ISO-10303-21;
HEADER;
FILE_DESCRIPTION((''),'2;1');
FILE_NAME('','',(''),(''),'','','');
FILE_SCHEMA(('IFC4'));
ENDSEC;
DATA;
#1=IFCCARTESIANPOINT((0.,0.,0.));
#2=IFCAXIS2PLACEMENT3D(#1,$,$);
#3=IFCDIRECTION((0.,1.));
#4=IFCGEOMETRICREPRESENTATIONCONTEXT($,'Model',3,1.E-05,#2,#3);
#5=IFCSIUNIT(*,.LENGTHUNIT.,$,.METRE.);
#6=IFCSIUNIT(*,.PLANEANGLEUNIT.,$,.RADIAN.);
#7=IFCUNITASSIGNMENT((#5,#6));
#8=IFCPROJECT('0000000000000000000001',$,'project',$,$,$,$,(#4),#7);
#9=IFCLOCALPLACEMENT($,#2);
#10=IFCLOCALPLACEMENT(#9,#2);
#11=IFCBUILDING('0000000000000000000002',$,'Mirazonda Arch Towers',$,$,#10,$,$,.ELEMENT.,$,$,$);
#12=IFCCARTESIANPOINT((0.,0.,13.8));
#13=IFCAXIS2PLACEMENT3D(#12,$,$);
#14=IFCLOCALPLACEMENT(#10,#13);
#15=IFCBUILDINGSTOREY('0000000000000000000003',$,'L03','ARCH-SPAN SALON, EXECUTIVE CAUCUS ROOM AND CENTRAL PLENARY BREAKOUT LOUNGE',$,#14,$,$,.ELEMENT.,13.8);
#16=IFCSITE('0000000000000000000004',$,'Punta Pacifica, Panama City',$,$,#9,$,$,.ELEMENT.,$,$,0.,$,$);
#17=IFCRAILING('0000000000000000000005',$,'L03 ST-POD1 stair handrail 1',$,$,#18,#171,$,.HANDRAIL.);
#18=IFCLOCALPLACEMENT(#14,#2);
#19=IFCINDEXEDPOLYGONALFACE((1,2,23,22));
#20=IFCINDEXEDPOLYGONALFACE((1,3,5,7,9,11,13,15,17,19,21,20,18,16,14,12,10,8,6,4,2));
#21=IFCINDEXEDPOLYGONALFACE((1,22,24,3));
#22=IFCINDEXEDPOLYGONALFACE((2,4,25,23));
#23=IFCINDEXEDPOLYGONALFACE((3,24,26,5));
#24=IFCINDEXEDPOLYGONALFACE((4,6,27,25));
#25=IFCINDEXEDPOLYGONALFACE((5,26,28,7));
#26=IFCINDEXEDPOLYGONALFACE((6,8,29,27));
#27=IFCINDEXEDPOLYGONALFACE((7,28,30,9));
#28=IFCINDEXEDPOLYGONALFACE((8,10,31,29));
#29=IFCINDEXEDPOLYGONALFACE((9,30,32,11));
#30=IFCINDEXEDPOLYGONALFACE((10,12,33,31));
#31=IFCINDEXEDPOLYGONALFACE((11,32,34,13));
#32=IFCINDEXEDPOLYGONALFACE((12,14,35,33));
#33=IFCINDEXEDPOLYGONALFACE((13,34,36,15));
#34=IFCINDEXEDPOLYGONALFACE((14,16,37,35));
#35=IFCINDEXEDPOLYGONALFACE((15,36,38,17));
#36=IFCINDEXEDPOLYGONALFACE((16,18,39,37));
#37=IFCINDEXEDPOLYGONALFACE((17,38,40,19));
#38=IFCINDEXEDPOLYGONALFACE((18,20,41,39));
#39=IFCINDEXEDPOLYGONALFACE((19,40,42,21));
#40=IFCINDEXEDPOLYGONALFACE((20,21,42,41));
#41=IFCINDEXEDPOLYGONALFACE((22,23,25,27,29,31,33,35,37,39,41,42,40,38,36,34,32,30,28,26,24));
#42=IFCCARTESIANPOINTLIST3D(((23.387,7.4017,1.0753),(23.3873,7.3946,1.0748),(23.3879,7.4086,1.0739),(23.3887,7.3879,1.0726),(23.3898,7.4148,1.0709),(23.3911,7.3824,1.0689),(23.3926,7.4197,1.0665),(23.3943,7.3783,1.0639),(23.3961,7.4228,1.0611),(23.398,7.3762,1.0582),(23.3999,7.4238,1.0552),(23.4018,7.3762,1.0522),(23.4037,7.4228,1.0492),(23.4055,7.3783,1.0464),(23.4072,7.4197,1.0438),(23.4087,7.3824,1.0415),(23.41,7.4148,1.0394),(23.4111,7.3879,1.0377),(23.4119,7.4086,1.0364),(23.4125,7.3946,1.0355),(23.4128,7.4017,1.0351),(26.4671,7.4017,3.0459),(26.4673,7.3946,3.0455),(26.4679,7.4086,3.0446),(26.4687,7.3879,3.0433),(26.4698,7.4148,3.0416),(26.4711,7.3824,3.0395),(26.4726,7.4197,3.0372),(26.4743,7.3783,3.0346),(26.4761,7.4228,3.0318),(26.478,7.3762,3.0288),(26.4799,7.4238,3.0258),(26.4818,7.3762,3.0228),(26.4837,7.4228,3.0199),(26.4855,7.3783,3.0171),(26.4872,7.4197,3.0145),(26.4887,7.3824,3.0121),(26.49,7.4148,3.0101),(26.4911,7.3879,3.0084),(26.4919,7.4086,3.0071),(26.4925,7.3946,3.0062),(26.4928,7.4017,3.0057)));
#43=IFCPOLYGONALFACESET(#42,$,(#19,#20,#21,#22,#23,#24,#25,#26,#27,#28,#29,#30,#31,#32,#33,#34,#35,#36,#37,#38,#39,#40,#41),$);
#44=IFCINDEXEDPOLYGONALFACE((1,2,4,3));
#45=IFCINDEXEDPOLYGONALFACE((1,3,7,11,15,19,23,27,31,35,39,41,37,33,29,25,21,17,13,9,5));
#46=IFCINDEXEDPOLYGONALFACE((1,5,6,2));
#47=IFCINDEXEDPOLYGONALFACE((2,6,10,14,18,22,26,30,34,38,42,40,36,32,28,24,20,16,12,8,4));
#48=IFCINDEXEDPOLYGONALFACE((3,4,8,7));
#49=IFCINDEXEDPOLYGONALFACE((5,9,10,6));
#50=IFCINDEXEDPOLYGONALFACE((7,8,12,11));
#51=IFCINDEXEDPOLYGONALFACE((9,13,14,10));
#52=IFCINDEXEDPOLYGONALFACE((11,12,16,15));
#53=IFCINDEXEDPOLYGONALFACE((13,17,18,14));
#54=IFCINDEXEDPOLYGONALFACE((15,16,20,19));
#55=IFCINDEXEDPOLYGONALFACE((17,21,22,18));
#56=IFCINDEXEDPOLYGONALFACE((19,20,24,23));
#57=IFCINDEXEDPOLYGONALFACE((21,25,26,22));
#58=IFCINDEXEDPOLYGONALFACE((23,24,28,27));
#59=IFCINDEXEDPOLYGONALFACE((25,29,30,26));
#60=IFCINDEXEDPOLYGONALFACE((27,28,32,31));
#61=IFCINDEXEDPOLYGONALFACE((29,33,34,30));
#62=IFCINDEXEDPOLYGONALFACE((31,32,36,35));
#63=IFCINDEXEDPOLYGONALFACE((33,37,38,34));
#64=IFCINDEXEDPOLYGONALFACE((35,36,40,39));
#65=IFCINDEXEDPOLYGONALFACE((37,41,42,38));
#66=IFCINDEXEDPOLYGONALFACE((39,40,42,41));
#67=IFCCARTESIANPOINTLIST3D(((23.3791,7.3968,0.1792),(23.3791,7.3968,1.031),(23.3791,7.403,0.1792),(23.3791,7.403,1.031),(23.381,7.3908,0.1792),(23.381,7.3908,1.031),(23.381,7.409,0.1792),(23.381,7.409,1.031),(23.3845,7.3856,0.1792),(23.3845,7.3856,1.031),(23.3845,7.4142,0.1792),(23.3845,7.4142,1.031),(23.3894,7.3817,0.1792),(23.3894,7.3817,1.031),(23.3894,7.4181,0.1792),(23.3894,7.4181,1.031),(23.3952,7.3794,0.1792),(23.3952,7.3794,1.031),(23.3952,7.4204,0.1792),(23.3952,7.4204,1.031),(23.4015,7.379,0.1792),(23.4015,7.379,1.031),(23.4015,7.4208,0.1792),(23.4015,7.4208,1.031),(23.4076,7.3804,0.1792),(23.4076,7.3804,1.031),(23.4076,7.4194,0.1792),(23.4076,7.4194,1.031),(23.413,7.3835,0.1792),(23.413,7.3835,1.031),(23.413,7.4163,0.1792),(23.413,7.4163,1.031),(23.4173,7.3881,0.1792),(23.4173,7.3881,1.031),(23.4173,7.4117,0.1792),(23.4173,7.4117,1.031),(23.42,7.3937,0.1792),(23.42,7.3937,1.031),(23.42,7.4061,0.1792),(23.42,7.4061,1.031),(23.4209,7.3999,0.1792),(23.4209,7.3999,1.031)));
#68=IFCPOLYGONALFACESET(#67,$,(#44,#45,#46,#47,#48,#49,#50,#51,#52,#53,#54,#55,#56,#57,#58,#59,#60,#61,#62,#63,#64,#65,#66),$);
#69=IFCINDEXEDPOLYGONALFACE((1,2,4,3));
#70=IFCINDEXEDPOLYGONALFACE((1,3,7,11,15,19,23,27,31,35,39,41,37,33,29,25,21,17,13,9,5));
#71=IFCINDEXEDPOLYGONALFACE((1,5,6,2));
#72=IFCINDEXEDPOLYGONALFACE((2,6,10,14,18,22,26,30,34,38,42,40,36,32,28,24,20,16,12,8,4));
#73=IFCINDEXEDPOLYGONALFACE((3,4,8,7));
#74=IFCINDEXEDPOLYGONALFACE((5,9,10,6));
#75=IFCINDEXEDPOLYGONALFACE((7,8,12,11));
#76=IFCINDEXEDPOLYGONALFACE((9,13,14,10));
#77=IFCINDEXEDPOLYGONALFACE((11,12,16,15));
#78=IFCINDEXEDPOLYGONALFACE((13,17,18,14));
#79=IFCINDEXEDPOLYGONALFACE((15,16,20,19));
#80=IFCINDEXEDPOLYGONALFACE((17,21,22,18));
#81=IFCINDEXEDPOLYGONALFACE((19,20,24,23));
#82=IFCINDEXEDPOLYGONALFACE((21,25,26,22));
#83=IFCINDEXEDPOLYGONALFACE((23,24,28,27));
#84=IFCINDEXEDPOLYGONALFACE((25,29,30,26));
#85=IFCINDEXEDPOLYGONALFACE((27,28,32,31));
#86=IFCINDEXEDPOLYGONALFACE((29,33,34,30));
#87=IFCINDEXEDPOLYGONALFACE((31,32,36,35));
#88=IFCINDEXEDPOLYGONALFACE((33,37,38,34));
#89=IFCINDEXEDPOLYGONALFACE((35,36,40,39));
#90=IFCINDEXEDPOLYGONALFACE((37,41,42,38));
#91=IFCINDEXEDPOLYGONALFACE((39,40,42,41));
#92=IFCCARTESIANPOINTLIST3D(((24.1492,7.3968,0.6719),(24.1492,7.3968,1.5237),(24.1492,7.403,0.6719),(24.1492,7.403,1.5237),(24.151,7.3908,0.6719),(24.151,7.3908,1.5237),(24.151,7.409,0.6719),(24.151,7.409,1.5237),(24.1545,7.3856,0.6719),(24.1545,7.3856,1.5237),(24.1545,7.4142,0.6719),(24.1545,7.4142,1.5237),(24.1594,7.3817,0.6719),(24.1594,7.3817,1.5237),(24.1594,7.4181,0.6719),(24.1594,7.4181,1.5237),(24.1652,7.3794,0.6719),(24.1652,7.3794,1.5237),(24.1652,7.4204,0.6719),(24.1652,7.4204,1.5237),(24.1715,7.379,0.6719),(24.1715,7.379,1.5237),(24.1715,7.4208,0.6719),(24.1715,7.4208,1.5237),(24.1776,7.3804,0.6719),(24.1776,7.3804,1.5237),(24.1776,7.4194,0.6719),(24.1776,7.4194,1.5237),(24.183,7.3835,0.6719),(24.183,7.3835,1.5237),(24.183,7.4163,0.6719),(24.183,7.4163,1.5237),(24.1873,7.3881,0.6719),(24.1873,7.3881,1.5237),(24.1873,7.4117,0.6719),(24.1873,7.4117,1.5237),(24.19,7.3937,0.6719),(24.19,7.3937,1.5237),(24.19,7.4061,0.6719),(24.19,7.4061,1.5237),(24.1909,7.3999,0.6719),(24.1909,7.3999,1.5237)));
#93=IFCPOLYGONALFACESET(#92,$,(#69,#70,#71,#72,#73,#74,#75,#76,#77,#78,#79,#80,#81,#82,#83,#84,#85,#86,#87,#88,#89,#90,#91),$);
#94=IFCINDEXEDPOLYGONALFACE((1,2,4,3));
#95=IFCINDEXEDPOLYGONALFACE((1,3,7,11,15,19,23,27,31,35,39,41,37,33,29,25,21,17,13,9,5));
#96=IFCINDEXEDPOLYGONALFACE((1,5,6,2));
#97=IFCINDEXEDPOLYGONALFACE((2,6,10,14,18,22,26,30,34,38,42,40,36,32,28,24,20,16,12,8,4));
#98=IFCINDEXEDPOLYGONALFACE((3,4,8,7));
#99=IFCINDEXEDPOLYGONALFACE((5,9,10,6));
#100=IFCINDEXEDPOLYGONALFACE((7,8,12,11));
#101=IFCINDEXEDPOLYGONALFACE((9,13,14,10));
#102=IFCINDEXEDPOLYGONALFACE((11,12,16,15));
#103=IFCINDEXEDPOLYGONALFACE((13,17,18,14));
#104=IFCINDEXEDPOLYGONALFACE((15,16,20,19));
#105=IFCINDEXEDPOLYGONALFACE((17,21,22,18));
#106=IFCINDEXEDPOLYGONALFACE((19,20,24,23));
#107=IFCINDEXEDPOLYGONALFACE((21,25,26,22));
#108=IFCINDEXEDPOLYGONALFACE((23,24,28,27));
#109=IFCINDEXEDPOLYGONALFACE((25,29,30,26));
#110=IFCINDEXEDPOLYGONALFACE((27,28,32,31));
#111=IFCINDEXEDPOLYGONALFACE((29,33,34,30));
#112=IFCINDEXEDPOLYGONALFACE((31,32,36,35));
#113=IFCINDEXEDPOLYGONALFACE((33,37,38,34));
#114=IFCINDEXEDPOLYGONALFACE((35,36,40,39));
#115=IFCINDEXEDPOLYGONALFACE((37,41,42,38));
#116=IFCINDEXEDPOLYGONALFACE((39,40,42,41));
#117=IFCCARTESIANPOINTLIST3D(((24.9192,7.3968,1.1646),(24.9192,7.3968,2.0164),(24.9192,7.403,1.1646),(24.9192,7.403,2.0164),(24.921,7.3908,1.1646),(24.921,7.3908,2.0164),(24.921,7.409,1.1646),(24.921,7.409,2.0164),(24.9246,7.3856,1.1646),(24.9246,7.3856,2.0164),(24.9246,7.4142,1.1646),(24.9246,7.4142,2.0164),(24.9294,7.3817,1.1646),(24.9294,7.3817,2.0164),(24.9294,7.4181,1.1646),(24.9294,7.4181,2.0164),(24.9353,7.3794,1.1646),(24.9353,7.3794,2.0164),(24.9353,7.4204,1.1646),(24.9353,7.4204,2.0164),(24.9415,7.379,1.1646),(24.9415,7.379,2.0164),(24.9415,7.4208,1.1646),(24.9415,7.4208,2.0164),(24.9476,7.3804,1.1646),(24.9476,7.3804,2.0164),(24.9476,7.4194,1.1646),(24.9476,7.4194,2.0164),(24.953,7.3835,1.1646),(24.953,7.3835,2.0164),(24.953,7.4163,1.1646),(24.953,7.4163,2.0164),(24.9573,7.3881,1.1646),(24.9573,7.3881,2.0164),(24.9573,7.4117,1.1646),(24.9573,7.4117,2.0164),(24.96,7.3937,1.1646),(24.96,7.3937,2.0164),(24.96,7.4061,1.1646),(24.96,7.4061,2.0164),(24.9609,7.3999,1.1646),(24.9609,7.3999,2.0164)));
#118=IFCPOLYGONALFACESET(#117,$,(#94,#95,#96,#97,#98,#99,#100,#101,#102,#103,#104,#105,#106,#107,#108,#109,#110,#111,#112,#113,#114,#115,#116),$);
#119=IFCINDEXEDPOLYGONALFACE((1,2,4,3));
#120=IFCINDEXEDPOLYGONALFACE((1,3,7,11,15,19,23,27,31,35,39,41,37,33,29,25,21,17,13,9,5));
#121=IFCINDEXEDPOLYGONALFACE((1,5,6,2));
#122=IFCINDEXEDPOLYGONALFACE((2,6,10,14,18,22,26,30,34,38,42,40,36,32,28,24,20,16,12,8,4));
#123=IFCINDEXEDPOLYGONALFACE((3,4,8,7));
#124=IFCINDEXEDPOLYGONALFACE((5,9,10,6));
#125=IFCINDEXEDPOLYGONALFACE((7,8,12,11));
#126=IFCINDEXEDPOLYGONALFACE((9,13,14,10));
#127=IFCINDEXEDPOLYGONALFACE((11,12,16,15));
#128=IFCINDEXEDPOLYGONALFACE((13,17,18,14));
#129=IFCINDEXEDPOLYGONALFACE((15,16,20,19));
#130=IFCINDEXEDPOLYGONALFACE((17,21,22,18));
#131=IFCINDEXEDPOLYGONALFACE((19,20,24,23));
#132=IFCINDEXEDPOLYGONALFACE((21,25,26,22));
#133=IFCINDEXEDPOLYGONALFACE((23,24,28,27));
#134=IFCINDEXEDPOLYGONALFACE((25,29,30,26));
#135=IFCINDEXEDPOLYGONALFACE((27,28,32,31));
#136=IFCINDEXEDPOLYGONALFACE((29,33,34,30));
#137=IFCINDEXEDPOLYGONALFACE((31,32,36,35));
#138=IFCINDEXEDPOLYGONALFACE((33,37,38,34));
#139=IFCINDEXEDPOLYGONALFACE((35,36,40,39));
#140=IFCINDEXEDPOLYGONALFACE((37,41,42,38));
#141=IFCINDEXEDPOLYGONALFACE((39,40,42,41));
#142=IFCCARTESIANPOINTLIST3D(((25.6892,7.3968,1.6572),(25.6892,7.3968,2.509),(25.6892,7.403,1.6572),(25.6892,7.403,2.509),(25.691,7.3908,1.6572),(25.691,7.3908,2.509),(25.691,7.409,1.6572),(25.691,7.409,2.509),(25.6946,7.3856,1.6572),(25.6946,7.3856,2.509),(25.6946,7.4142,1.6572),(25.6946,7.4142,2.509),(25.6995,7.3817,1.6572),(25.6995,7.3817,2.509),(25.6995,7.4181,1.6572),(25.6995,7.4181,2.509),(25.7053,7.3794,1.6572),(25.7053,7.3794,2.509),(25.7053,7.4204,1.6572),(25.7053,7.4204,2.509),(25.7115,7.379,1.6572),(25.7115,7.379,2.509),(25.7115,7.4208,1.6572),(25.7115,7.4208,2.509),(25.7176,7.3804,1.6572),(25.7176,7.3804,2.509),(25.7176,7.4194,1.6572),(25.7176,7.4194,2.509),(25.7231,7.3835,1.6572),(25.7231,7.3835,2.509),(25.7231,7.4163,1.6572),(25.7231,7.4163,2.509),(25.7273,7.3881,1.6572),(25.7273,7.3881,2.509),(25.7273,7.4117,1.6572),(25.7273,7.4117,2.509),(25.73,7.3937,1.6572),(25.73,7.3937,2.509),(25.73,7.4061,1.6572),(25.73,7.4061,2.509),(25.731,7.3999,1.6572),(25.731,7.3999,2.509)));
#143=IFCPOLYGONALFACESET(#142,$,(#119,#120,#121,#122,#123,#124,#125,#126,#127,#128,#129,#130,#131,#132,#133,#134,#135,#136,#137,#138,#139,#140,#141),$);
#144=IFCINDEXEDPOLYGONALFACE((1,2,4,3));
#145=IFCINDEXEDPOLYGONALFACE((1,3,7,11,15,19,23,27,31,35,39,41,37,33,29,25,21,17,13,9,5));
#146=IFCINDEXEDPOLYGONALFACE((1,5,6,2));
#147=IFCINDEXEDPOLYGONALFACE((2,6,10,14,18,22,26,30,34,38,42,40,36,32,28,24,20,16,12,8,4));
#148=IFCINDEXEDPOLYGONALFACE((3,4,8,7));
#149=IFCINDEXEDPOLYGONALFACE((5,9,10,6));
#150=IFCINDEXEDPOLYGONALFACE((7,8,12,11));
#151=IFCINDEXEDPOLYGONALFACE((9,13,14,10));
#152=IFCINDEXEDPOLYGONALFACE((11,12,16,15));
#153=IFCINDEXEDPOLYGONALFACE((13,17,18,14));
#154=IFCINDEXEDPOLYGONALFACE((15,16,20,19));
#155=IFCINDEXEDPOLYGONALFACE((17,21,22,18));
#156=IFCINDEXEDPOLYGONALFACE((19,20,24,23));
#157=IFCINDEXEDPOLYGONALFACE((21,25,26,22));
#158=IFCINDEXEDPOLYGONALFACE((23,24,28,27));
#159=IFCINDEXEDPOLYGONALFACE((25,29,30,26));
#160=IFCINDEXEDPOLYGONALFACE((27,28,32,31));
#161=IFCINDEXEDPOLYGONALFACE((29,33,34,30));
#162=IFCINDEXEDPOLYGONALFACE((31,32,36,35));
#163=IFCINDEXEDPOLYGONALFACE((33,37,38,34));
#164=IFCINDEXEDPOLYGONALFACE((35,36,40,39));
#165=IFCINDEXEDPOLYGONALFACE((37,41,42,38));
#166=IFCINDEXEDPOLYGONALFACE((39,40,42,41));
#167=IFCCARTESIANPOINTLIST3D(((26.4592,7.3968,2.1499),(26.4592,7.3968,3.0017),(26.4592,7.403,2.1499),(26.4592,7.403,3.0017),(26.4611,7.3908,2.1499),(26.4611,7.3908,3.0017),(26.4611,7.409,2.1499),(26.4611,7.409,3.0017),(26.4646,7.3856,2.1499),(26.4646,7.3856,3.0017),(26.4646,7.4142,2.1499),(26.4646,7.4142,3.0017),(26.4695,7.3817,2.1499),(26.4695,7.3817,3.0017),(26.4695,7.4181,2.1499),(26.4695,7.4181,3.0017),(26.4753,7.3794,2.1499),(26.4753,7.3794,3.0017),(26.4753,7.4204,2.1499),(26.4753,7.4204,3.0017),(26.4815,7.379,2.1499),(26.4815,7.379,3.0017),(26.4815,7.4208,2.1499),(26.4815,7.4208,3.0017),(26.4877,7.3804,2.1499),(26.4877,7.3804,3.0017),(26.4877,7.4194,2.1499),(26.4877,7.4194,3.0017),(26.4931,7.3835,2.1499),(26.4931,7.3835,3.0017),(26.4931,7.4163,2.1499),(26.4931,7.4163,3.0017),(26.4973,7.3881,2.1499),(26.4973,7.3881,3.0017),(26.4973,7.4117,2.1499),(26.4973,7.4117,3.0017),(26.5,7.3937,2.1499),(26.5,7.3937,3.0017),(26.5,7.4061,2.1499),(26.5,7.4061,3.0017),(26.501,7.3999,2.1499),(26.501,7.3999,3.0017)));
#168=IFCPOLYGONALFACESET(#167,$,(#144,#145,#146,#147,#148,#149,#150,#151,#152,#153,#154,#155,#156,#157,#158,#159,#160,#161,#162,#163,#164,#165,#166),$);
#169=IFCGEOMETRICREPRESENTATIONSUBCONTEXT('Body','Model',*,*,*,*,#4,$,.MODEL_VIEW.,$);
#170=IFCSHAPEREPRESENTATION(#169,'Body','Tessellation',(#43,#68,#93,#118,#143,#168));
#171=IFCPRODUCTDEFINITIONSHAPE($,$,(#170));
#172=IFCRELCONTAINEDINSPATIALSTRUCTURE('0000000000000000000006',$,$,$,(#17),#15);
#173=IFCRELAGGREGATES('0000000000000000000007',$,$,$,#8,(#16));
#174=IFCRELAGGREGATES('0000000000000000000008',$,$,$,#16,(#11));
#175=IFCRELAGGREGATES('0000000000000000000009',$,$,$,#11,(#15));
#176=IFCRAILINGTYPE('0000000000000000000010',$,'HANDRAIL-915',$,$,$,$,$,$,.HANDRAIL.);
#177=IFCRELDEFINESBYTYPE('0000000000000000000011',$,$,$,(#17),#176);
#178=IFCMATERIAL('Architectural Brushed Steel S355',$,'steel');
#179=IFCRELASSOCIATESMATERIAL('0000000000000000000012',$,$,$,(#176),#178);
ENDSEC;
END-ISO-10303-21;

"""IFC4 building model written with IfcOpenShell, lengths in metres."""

from ifc_helpers import new_model, si_unit, direction, frame, origin, origin_2d, place, context, subcontext, project, spatial, circle, extrude, material, type_object, element, save


model = new_model("IFC4")

# Units and contexts
model_context = context("Model", 3, precision=1e-05, world=origin(), true_north=direction((0.0, 1.0)))
body_context = subcontext(model_context, "Body", "Model", "MODEL_VIEW")
ifc_project = project(units=[si_unit("LENGTHUNIT", "METRE"), si_unit("PLANEANGLEUNIT", "RADIAN")], contexts=[model_context])

# Site, building, storey
site_placement = place(None, origin())
site = spatial("IfcSite", under=ifc_project, at=site_placement, Name="Punta Pacifica, Panama City", CompositionType="ELEMENT", RefElevation=0.0)
building_placement = place(site_placement, origin())
building = spatial("IfcBuilding", under=site, at=building_placement, Name="Mirazonda Arch Towers", CompositionType="ELEMENT")
storey_placement = place(building_placement, frame((0.0, 0.0, 13.8)))
storey = spatial("IfcBuildingStorey", under=building, at=storey_placement, Name="L03", Description="ARCH-SPAN SALON, EXECUTIVE CAUCUS ROOM AND CENTRAL PLENARY BREAKOUT LOUNGE", CompositionType="ELEMENT", Elevation=13.8)

# Railing
ifc_material_1 = material(Name="Architectural Brushed Steel S355", Category="steel")
railing_type_1 = type_object("IfcRailingType", Name="HANDRAIL-915", PredefinedType="HANDRAIL", material=ifc_material_1)
railing_1_placement = place(storey_placement, frame((23.3999, 7.3999, 0.1792)))
element("IfcRailing", 1, at=railing_1_placement, inside=storey, type_object=railing_type_1, Name="L03 ST-POD1 stair handrail 1", PredefinedType="HANDRAIL", context=body_context, shape_type="SweptSolid", body=[
    extrude(circle(Radius=0.0239, at=origin_2d()), frame((0.0, 0.0, 0.876), z_axis=(0.842339, 0.0, 0.538948), x_axis=(0.0, 1.0, 0.0)), (0.0, 0.0, 1.0), 3.6565),
    extrude(circle(Radius=0.021, at=origin_2d()), origin(), (0.0, 0.0, 1.0), 0.8518),
    extrude(circle(Radius=0.021, at=origin_2d()), frame((0.77, 0.0, 0.4927)), (0.0, 0.0, 1.0), 0.8518),
    extrude(circle(Radius=0.021, at=origin_2d()), frame((1.54, 0.0, 0.9854)), (0.0, 0.0, 1.0), 0.8518),
    extrude(circle(Radius=0.021, at=origin_2d()), frame((2.3101, 0.0, 1.478)), (0.0, 0.0, 1.0), 0.8518),
    extrude(circle(Radius=0.021, at=origin_2d()), frame((3.0801, 0.0, 1.9707)), (0.0, 0.0, 1.0), 0.8518),
])

save(model, "model.ifc")
